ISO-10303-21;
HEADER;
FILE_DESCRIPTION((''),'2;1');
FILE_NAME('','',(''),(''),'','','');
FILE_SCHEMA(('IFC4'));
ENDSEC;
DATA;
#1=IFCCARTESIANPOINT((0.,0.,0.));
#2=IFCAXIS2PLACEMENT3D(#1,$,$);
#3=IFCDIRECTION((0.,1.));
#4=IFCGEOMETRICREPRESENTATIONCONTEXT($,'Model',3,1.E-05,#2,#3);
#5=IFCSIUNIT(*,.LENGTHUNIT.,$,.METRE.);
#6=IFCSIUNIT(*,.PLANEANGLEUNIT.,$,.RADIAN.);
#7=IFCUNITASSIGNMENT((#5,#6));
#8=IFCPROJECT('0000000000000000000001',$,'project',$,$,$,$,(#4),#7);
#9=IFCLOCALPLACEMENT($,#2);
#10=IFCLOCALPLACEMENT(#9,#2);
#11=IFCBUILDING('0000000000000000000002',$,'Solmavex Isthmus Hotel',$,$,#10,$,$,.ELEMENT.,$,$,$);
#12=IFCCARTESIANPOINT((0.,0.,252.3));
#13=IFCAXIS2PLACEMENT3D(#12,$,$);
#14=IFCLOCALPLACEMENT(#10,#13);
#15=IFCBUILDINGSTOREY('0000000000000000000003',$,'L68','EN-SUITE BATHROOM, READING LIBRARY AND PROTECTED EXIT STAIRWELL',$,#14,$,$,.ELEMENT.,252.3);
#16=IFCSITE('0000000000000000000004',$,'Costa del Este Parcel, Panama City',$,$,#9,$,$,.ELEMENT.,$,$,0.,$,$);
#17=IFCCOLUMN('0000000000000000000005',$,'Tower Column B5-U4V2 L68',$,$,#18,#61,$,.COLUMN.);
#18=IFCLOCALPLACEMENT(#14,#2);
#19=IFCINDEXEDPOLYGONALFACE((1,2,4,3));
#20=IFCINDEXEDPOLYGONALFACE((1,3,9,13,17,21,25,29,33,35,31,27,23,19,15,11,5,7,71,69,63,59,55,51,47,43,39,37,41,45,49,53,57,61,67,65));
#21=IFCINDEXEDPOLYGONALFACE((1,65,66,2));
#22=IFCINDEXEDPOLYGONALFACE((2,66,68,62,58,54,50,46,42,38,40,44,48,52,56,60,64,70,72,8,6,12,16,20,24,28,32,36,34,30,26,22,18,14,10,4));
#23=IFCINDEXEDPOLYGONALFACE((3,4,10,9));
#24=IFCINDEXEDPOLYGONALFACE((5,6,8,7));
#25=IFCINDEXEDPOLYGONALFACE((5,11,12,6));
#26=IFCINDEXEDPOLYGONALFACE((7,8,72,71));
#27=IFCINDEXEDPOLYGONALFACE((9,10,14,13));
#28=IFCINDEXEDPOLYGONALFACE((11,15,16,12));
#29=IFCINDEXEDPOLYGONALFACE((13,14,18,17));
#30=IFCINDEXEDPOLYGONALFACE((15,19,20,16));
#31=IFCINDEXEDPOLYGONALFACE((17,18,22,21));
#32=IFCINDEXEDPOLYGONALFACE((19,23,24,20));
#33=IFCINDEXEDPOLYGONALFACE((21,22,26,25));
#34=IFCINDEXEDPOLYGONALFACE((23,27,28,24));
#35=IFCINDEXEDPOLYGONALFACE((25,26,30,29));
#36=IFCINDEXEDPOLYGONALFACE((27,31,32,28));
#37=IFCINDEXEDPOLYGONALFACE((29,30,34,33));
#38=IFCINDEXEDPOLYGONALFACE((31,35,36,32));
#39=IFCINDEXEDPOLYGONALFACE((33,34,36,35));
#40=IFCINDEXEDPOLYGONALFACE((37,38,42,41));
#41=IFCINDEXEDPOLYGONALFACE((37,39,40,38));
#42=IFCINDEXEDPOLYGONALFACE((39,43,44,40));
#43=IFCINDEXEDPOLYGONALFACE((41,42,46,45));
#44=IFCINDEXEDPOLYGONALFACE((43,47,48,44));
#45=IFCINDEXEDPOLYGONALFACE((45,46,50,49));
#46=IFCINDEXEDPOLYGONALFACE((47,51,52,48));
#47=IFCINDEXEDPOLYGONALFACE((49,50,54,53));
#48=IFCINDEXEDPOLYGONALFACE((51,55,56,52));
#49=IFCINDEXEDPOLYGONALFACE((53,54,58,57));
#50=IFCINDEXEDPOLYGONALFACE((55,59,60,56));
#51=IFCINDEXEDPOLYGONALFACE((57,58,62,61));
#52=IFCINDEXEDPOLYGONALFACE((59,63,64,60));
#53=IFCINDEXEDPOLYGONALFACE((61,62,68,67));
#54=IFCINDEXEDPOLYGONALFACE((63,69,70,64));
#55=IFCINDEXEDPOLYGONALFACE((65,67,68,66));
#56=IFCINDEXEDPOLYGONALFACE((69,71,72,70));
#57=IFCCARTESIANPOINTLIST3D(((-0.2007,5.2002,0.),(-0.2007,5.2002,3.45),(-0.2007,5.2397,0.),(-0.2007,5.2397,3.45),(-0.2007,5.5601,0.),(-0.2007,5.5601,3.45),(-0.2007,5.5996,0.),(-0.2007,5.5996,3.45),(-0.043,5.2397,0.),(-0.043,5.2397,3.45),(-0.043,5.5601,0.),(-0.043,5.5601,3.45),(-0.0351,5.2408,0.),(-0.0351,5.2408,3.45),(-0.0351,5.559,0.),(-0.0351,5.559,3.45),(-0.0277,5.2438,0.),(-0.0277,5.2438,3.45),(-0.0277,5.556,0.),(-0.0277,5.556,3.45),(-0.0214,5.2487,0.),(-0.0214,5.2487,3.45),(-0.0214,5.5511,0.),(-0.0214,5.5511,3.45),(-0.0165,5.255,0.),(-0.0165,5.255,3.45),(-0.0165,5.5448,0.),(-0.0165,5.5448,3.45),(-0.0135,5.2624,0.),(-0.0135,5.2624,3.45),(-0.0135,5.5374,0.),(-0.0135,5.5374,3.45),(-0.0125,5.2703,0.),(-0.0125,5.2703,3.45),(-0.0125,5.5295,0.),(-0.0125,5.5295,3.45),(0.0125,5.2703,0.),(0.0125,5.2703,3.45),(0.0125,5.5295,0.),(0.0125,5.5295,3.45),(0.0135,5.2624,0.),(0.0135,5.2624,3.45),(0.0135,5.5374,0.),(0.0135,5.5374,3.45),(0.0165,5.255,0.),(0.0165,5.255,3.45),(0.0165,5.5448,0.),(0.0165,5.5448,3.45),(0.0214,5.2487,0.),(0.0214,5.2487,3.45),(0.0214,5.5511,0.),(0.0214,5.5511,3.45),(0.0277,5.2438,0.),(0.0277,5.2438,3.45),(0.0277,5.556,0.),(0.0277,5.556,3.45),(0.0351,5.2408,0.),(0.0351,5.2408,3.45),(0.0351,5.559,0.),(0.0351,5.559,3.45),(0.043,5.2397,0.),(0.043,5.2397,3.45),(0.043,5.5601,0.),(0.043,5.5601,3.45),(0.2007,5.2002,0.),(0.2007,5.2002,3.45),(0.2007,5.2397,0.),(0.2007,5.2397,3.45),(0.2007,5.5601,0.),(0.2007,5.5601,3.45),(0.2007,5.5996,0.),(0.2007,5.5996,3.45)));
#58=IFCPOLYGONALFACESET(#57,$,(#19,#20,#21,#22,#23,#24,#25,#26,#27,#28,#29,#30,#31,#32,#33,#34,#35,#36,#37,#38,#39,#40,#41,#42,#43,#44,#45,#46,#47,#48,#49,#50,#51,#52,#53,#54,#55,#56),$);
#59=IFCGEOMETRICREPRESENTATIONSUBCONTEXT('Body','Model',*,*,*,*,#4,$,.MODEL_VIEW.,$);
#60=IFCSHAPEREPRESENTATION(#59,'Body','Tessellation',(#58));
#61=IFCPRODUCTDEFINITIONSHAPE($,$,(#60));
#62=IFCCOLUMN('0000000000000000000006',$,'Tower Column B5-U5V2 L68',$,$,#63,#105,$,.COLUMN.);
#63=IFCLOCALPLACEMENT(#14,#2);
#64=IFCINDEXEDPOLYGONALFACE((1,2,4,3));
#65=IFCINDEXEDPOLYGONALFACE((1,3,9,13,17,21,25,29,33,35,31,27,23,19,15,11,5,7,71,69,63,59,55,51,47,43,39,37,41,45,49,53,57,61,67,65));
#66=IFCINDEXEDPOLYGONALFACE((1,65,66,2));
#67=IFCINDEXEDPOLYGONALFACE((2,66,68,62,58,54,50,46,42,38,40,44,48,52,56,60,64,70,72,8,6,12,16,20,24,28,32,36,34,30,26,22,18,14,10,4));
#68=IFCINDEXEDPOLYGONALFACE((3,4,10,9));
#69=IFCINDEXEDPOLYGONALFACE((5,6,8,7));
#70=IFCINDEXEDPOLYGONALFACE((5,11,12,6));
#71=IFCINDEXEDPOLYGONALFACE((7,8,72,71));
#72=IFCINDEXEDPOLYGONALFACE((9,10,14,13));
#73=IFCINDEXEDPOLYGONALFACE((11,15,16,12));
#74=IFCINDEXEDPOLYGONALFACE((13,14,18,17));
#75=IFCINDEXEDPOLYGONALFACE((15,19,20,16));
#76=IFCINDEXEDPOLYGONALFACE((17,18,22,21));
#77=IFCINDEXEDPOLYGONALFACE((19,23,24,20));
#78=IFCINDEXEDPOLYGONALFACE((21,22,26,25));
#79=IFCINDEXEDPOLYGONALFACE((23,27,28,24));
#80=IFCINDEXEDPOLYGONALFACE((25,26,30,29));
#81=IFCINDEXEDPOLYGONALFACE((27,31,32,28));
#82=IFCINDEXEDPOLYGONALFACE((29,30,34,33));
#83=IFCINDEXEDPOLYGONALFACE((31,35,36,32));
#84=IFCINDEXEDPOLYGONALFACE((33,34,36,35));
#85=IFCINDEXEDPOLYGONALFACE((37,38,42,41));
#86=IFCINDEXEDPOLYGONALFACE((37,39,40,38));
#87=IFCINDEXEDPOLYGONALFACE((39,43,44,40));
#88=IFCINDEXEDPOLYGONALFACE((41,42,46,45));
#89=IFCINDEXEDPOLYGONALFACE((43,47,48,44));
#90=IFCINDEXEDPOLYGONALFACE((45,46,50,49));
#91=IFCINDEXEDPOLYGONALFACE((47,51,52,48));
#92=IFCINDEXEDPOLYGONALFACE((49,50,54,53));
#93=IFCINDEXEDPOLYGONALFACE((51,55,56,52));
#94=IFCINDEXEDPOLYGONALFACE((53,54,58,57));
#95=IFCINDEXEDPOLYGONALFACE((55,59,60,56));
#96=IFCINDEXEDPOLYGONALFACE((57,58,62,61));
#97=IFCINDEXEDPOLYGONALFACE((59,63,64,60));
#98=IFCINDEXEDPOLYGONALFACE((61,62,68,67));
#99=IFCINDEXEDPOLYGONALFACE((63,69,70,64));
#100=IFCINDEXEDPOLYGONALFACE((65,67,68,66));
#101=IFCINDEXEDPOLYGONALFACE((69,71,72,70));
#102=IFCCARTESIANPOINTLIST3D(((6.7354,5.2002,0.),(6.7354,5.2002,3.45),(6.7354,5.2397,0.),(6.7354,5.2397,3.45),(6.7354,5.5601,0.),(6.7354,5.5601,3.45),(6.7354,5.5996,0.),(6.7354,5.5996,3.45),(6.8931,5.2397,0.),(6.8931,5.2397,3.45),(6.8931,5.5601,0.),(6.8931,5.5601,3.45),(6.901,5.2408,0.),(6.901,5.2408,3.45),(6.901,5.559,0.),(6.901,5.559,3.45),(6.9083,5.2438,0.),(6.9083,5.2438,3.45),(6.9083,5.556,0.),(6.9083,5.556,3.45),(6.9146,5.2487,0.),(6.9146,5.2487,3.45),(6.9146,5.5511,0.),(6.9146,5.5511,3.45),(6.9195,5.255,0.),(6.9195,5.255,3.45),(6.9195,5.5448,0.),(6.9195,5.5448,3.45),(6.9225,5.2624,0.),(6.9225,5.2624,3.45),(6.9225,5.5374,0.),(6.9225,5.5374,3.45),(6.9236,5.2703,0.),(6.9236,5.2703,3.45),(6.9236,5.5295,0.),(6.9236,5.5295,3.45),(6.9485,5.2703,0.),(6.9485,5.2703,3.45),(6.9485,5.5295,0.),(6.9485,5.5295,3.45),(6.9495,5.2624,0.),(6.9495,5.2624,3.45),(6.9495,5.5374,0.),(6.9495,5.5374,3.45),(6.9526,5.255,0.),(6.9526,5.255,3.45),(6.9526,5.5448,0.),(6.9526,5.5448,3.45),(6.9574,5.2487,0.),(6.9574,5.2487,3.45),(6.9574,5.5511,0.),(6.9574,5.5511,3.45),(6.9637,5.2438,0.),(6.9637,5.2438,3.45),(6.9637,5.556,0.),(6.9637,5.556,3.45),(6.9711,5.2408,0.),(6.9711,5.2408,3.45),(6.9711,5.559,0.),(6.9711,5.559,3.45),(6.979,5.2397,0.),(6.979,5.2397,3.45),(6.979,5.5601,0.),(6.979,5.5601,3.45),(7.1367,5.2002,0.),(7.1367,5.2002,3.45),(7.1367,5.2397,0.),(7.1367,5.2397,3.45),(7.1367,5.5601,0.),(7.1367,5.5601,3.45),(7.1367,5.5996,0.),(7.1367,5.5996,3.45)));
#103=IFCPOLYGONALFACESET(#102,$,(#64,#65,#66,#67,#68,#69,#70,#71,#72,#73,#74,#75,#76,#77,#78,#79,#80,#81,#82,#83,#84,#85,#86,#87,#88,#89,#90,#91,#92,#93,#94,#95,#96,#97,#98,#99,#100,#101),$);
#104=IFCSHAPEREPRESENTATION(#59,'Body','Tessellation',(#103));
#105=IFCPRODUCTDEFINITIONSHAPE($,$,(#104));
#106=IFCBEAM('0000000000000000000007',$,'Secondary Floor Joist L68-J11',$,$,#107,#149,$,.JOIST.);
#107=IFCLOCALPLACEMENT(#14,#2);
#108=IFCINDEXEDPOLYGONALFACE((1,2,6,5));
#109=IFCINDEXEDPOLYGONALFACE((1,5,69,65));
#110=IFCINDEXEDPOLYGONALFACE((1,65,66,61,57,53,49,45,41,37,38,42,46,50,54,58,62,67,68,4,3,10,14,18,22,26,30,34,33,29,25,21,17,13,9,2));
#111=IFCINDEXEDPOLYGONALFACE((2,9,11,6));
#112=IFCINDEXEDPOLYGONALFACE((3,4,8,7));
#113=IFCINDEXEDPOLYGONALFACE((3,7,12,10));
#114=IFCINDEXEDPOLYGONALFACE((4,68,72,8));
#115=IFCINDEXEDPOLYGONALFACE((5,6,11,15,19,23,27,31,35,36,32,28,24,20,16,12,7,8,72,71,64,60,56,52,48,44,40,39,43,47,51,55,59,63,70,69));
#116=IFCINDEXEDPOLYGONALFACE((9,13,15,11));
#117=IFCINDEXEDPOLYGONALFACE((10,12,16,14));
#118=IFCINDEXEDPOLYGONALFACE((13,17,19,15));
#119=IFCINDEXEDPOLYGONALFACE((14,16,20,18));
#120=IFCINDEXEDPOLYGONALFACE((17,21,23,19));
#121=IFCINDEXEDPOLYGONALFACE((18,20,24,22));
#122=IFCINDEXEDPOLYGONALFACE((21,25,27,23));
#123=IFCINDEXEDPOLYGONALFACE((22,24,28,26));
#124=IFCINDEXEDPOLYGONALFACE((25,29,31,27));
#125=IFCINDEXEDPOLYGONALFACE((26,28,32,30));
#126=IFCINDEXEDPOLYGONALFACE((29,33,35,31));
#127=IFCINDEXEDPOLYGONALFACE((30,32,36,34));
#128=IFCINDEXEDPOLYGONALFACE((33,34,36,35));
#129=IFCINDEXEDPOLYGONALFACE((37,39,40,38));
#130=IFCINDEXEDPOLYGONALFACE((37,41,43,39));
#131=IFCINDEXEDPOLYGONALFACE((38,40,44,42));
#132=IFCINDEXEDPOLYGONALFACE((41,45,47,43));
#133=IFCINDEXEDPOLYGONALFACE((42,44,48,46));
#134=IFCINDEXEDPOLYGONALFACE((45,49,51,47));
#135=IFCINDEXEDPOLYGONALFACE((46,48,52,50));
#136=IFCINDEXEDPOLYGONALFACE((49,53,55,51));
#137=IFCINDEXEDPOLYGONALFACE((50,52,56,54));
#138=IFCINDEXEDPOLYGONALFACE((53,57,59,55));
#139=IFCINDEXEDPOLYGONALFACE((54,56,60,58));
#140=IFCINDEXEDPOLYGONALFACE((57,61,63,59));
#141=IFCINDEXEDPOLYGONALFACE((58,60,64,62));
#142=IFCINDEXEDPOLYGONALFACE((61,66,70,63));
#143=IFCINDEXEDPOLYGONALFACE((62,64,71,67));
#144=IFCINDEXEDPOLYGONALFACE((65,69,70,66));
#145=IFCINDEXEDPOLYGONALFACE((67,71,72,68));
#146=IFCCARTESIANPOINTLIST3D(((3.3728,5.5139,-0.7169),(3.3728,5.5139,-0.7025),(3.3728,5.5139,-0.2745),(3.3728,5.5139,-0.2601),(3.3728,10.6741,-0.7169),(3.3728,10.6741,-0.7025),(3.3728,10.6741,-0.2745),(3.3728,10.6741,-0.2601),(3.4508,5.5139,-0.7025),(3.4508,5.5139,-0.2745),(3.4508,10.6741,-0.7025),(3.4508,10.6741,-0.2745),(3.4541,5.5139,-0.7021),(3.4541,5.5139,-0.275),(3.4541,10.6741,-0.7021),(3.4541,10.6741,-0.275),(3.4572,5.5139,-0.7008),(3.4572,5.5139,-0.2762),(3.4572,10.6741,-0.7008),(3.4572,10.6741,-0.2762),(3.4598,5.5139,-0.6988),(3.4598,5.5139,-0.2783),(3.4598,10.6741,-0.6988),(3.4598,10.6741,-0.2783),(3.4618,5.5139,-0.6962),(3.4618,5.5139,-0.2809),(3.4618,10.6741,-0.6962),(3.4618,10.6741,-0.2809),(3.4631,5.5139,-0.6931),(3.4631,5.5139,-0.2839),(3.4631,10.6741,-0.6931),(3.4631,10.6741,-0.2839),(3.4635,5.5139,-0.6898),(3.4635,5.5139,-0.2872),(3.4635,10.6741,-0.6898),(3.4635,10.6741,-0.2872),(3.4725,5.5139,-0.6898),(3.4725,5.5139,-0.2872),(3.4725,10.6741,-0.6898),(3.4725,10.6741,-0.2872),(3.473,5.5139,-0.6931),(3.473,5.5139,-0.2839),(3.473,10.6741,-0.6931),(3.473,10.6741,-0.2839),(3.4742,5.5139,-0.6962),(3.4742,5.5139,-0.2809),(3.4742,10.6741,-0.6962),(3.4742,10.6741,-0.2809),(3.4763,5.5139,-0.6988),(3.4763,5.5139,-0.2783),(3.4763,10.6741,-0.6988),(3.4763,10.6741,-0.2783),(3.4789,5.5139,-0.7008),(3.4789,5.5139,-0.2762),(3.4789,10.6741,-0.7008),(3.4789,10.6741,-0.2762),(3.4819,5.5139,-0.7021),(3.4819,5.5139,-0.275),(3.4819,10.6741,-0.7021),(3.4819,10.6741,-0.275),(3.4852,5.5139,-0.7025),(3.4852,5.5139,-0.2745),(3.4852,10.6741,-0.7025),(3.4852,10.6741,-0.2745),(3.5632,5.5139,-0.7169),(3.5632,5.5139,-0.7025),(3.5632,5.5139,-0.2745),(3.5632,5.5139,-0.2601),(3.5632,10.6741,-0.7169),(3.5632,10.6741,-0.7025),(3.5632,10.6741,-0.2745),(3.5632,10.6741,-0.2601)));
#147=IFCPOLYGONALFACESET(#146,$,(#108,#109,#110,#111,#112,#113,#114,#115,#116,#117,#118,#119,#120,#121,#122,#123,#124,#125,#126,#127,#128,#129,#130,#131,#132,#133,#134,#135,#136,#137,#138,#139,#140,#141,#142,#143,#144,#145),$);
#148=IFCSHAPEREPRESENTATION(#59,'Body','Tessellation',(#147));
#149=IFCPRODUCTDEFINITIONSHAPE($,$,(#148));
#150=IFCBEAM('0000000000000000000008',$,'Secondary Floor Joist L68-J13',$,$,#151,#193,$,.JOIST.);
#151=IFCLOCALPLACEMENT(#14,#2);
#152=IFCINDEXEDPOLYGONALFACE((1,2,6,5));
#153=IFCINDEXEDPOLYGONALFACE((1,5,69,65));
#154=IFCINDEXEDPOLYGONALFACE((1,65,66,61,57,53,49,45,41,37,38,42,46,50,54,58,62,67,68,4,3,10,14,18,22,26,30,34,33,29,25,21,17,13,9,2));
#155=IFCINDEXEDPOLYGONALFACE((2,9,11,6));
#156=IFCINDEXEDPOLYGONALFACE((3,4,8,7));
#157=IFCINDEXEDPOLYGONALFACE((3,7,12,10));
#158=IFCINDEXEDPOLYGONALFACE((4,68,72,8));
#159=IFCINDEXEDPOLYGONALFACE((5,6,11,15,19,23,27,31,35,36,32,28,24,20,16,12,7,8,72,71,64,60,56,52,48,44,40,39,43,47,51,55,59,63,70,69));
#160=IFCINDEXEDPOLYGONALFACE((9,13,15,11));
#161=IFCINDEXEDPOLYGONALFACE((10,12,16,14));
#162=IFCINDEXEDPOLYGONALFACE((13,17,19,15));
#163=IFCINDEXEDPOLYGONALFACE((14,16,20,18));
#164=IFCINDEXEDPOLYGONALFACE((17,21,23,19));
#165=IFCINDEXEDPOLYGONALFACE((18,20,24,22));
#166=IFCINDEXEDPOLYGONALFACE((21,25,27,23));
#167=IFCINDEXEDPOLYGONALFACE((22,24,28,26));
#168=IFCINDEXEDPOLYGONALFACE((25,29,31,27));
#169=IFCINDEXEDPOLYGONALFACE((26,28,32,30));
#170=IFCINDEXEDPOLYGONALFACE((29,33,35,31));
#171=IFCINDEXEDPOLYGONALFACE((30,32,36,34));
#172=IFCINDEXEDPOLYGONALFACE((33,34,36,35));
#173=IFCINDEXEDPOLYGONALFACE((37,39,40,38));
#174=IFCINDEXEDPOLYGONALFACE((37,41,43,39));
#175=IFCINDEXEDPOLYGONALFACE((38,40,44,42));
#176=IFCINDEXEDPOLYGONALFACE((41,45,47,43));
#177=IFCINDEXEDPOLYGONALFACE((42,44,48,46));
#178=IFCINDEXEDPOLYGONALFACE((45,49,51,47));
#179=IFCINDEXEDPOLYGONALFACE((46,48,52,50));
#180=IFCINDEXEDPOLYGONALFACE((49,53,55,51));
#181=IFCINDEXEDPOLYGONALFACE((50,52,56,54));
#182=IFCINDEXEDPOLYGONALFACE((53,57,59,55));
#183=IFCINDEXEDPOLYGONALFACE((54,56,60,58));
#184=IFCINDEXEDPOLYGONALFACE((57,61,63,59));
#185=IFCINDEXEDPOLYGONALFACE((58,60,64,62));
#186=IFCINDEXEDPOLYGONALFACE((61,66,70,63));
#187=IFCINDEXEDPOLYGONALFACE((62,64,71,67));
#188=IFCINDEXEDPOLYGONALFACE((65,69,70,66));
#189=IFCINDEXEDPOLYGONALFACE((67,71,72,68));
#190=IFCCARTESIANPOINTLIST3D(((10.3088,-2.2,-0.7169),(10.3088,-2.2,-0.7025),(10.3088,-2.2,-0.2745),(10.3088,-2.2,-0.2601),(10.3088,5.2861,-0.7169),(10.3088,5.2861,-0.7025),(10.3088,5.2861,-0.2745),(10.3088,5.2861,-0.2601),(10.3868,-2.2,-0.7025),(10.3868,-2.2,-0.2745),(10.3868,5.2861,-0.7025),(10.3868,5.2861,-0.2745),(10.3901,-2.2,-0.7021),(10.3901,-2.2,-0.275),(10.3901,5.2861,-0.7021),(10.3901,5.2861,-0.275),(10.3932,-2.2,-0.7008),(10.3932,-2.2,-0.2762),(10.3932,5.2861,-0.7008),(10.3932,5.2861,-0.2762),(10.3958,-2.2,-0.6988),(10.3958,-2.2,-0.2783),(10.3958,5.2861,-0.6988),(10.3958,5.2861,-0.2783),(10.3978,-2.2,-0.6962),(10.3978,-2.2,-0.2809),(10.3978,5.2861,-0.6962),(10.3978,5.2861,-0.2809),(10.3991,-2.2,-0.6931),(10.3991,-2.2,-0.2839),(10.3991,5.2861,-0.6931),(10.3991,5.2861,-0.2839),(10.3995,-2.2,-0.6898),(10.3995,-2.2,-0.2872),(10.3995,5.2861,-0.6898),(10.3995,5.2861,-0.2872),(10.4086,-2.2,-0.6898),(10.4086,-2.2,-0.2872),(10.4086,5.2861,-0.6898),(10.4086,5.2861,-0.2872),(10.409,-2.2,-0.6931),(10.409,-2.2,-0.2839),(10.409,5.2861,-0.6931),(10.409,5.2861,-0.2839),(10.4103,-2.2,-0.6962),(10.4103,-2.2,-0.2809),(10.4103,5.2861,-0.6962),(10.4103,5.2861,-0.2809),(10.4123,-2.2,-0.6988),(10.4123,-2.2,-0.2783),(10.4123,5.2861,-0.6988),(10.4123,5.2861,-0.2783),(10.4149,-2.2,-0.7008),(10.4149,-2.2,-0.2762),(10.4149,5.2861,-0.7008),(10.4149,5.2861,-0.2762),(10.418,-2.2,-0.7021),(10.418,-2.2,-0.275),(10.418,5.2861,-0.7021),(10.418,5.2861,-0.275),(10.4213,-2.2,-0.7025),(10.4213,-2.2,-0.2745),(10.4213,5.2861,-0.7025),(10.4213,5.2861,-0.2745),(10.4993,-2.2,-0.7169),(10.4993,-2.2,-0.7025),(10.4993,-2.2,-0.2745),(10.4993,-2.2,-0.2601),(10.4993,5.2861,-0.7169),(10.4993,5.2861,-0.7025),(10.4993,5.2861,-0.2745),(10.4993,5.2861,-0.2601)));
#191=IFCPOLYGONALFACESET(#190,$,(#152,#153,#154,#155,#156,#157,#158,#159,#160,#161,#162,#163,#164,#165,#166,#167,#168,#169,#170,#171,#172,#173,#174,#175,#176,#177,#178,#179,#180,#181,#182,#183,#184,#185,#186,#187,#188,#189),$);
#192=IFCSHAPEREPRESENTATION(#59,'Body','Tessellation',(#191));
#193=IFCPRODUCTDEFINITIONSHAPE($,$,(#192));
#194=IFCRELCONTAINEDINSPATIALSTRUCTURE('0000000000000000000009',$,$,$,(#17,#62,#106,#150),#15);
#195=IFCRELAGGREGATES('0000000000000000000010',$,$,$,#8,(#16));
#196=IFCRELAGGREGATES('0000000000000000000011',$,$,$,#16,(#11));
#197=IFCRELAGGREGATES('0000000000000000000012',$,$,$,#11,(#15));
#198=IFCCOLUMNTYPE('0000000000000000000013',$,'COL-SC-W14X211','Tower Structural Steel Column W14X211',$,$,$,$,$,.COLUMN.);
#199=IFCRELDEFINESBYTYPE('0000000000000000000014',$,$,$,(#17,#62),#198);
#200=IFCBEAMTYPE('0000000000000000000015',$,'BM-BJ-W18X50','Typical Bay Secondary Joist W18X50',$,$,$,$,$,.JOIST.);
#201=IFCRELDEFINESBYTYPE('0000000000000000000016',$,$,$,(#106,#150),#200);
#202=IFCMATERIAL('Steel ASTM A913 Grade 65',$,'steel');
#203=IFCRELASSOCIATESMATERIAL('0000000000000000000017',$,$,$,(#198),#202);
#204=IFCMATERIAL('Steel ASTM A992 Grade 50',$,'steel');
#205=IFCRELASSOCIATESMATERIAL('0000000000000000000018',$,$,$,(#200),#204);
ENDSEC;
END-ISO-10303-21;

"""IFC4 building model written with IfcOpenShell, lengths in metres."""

from ifc_helpers import new_model, si_unit, direction, frame, origin, origin_2d, place, context, subcontext, project, spatial, i_section, extrude, material, material_profile, profile_set, type_object, element, save


model = new_model("IFC4")

# Units and contexts
model_context = context("Model", 3, precision=1e-05, world=origin(), true_north=direction((0.0, 1.0)))
body_context = subcontext(model_context, "Body", "Model", "MODEL_VIEW")
ifc_project = project(units=[si_unit("LENGTHUNIT", "METRE"), si_unit("PLANEANGLEUNIT", "RADIAN")], contexts=[model_context])

# Site, building, storey
site_placement = place(None, origin())
site = spatial("IfcSite", under=ifc_project, at=site_placement, Name="Costa del Este Parcel, Panama City", CompositionType="ELEMENT", RefElevation=0.0)
building_placement = place(site_placement, origin())
building = spatial("IfcBuilding", under=site, at=building_placement, Name="Solmavex Isthmus Hotel", CompositionType="ELEMENT")
storey_placement = place(building_placement, frame((0.0, 0.0, 252.3)))
storey = spatial("IfcBuildingStorey", under=building, at=storey_placement, Name="L68", Description="EN-SUITE BATHROOM, READING LIBRARY AND PROTECTED EXIT STAIRWELL", CompositionType="ELEMENT", Elevation=252.3)

# Columns
ifc_material_1 = material(Name="Steel ASTM A913 Grade 65", Category="steel")
ifc_material_profile_1 = material_profile(ifc_material_1, i_section(OverallWidth=0.4014, OverallDepth=0.3994, WebThickness=0.0249, FlangeThickness=0.0396, FilletRadius=0.0305, at=origin_2d()), Name="W14X211")
ifc_profile_set_1 = profile_set([ifc_material_profile_1], Name="Steel ASTM A913 Grade 65")
column_type = type_object("IfcColumnType", Name="COL-SC-W14X211", Description="Tower Structural Steel Column W14X211", PredefinedType="COLUMN", material=ifc_profile_set_1)
for number, where, z_axis, x_axis, name in (
    (1, (0.0, 5.3999, 0.0), (0.0, 0.0, 1.0), (1.0, 0.0, 0.0), "Tower Column B5-U4V2 L68"),
    (2, (6.936, 5.3999, 0.0), (0.0, 0.0, 1.0), (1.0, 0.0, 0.0), "Tower Column B5-U5V2 L68"),
):
    element("IfcColumn", number, at=place(storey_placement, frame(where, z_axis=z_axis, x_axis=x_axis)), inside=storey, type_object=column_type, Name=name, PredefinedType="COLUMN", context=body_context, shape_type="SweptSolid", body=[
        extrude(i_section(OverallWidth=0.4014, OverallDepth=0.3994, WebThickness=0.0249, FlangeThickness=0.0396, FilletRadius=0.0305, at=origin_2d()), origin(), (0.0, 0.0, 1.0), 3.45),
    ])

# Beams
ifc_material_2 = material(Name="Steel ASTM A992 Grade 50", Category="steel")
ifc_material_profile_2 = material_profile(ifc_material_2, i_section(OverallWidth=0.1904, OverallDepth=0.4568, WebThickness=0.009, FlangeThickness=0.0144, FilletRadius=0.0127, at=origin_2d()), Name="W18X50")
ifc_profile_set_2 = profile_set([ifc_material_profile_2], Name="Steel ASTM A992 Grade 50")
beam_type_1 = type_object("IfcBeamType", Name="BM-BJ-W18X50", Description="Typical Bay Secondary Joist W18X50", PredefinedType="JOIST", material=ifc_profile_set_2)
beam_1_placement = place(storey_placement, frame((3.468, 5.5139, -0.4885), z_axis=(0.0, 1.0, 0.0), x_axis=(-1.0, 0.0, 0.0)))
element("IfcBeam", 3, at=beam_1_placement, inside=storey, type_object=beam_type_1, Name="Secondary Floor Joist L68-J11", PredefinedType="JOIST", context=body_context, shape_type="SweptSolid", body=[
    extrude(i_section(OverallWidth=0.1904, OverallDepth=0.4568, WebThickness=0.009, FlangeThickness=0.0144, FilletRadius=0.0127, at=origin_2d()), origin(), (0.0, 0.0, 1.0), 5.1602),
])
beam_2_placement = place(storey_placement, frame((10.4041, -2.2, -0.4885), z_axis=(0.0, 1.0, 0.0), x_axis=(-1.0, 0.0, 0.0)))
element("IfcBeam", 4, at=beam_2_placement, inside=storey, type_object=beam_type_1, Name="Secondary Floor Joist L68-J13", PredefinedType="JOIST", context=body_context, shape_type="SweptSolid", body=[
    extrude(i_section(OverallWidth=0.1904, OverallDepth=0.4568, WebThickness=0.009, FlangeThickness=0.0144, FilletRadius=0.0127, at=origin_2d()), origin(), (0.0, 0.0, 1.0), 7.4861),
])

save(model, "model.ifc")
